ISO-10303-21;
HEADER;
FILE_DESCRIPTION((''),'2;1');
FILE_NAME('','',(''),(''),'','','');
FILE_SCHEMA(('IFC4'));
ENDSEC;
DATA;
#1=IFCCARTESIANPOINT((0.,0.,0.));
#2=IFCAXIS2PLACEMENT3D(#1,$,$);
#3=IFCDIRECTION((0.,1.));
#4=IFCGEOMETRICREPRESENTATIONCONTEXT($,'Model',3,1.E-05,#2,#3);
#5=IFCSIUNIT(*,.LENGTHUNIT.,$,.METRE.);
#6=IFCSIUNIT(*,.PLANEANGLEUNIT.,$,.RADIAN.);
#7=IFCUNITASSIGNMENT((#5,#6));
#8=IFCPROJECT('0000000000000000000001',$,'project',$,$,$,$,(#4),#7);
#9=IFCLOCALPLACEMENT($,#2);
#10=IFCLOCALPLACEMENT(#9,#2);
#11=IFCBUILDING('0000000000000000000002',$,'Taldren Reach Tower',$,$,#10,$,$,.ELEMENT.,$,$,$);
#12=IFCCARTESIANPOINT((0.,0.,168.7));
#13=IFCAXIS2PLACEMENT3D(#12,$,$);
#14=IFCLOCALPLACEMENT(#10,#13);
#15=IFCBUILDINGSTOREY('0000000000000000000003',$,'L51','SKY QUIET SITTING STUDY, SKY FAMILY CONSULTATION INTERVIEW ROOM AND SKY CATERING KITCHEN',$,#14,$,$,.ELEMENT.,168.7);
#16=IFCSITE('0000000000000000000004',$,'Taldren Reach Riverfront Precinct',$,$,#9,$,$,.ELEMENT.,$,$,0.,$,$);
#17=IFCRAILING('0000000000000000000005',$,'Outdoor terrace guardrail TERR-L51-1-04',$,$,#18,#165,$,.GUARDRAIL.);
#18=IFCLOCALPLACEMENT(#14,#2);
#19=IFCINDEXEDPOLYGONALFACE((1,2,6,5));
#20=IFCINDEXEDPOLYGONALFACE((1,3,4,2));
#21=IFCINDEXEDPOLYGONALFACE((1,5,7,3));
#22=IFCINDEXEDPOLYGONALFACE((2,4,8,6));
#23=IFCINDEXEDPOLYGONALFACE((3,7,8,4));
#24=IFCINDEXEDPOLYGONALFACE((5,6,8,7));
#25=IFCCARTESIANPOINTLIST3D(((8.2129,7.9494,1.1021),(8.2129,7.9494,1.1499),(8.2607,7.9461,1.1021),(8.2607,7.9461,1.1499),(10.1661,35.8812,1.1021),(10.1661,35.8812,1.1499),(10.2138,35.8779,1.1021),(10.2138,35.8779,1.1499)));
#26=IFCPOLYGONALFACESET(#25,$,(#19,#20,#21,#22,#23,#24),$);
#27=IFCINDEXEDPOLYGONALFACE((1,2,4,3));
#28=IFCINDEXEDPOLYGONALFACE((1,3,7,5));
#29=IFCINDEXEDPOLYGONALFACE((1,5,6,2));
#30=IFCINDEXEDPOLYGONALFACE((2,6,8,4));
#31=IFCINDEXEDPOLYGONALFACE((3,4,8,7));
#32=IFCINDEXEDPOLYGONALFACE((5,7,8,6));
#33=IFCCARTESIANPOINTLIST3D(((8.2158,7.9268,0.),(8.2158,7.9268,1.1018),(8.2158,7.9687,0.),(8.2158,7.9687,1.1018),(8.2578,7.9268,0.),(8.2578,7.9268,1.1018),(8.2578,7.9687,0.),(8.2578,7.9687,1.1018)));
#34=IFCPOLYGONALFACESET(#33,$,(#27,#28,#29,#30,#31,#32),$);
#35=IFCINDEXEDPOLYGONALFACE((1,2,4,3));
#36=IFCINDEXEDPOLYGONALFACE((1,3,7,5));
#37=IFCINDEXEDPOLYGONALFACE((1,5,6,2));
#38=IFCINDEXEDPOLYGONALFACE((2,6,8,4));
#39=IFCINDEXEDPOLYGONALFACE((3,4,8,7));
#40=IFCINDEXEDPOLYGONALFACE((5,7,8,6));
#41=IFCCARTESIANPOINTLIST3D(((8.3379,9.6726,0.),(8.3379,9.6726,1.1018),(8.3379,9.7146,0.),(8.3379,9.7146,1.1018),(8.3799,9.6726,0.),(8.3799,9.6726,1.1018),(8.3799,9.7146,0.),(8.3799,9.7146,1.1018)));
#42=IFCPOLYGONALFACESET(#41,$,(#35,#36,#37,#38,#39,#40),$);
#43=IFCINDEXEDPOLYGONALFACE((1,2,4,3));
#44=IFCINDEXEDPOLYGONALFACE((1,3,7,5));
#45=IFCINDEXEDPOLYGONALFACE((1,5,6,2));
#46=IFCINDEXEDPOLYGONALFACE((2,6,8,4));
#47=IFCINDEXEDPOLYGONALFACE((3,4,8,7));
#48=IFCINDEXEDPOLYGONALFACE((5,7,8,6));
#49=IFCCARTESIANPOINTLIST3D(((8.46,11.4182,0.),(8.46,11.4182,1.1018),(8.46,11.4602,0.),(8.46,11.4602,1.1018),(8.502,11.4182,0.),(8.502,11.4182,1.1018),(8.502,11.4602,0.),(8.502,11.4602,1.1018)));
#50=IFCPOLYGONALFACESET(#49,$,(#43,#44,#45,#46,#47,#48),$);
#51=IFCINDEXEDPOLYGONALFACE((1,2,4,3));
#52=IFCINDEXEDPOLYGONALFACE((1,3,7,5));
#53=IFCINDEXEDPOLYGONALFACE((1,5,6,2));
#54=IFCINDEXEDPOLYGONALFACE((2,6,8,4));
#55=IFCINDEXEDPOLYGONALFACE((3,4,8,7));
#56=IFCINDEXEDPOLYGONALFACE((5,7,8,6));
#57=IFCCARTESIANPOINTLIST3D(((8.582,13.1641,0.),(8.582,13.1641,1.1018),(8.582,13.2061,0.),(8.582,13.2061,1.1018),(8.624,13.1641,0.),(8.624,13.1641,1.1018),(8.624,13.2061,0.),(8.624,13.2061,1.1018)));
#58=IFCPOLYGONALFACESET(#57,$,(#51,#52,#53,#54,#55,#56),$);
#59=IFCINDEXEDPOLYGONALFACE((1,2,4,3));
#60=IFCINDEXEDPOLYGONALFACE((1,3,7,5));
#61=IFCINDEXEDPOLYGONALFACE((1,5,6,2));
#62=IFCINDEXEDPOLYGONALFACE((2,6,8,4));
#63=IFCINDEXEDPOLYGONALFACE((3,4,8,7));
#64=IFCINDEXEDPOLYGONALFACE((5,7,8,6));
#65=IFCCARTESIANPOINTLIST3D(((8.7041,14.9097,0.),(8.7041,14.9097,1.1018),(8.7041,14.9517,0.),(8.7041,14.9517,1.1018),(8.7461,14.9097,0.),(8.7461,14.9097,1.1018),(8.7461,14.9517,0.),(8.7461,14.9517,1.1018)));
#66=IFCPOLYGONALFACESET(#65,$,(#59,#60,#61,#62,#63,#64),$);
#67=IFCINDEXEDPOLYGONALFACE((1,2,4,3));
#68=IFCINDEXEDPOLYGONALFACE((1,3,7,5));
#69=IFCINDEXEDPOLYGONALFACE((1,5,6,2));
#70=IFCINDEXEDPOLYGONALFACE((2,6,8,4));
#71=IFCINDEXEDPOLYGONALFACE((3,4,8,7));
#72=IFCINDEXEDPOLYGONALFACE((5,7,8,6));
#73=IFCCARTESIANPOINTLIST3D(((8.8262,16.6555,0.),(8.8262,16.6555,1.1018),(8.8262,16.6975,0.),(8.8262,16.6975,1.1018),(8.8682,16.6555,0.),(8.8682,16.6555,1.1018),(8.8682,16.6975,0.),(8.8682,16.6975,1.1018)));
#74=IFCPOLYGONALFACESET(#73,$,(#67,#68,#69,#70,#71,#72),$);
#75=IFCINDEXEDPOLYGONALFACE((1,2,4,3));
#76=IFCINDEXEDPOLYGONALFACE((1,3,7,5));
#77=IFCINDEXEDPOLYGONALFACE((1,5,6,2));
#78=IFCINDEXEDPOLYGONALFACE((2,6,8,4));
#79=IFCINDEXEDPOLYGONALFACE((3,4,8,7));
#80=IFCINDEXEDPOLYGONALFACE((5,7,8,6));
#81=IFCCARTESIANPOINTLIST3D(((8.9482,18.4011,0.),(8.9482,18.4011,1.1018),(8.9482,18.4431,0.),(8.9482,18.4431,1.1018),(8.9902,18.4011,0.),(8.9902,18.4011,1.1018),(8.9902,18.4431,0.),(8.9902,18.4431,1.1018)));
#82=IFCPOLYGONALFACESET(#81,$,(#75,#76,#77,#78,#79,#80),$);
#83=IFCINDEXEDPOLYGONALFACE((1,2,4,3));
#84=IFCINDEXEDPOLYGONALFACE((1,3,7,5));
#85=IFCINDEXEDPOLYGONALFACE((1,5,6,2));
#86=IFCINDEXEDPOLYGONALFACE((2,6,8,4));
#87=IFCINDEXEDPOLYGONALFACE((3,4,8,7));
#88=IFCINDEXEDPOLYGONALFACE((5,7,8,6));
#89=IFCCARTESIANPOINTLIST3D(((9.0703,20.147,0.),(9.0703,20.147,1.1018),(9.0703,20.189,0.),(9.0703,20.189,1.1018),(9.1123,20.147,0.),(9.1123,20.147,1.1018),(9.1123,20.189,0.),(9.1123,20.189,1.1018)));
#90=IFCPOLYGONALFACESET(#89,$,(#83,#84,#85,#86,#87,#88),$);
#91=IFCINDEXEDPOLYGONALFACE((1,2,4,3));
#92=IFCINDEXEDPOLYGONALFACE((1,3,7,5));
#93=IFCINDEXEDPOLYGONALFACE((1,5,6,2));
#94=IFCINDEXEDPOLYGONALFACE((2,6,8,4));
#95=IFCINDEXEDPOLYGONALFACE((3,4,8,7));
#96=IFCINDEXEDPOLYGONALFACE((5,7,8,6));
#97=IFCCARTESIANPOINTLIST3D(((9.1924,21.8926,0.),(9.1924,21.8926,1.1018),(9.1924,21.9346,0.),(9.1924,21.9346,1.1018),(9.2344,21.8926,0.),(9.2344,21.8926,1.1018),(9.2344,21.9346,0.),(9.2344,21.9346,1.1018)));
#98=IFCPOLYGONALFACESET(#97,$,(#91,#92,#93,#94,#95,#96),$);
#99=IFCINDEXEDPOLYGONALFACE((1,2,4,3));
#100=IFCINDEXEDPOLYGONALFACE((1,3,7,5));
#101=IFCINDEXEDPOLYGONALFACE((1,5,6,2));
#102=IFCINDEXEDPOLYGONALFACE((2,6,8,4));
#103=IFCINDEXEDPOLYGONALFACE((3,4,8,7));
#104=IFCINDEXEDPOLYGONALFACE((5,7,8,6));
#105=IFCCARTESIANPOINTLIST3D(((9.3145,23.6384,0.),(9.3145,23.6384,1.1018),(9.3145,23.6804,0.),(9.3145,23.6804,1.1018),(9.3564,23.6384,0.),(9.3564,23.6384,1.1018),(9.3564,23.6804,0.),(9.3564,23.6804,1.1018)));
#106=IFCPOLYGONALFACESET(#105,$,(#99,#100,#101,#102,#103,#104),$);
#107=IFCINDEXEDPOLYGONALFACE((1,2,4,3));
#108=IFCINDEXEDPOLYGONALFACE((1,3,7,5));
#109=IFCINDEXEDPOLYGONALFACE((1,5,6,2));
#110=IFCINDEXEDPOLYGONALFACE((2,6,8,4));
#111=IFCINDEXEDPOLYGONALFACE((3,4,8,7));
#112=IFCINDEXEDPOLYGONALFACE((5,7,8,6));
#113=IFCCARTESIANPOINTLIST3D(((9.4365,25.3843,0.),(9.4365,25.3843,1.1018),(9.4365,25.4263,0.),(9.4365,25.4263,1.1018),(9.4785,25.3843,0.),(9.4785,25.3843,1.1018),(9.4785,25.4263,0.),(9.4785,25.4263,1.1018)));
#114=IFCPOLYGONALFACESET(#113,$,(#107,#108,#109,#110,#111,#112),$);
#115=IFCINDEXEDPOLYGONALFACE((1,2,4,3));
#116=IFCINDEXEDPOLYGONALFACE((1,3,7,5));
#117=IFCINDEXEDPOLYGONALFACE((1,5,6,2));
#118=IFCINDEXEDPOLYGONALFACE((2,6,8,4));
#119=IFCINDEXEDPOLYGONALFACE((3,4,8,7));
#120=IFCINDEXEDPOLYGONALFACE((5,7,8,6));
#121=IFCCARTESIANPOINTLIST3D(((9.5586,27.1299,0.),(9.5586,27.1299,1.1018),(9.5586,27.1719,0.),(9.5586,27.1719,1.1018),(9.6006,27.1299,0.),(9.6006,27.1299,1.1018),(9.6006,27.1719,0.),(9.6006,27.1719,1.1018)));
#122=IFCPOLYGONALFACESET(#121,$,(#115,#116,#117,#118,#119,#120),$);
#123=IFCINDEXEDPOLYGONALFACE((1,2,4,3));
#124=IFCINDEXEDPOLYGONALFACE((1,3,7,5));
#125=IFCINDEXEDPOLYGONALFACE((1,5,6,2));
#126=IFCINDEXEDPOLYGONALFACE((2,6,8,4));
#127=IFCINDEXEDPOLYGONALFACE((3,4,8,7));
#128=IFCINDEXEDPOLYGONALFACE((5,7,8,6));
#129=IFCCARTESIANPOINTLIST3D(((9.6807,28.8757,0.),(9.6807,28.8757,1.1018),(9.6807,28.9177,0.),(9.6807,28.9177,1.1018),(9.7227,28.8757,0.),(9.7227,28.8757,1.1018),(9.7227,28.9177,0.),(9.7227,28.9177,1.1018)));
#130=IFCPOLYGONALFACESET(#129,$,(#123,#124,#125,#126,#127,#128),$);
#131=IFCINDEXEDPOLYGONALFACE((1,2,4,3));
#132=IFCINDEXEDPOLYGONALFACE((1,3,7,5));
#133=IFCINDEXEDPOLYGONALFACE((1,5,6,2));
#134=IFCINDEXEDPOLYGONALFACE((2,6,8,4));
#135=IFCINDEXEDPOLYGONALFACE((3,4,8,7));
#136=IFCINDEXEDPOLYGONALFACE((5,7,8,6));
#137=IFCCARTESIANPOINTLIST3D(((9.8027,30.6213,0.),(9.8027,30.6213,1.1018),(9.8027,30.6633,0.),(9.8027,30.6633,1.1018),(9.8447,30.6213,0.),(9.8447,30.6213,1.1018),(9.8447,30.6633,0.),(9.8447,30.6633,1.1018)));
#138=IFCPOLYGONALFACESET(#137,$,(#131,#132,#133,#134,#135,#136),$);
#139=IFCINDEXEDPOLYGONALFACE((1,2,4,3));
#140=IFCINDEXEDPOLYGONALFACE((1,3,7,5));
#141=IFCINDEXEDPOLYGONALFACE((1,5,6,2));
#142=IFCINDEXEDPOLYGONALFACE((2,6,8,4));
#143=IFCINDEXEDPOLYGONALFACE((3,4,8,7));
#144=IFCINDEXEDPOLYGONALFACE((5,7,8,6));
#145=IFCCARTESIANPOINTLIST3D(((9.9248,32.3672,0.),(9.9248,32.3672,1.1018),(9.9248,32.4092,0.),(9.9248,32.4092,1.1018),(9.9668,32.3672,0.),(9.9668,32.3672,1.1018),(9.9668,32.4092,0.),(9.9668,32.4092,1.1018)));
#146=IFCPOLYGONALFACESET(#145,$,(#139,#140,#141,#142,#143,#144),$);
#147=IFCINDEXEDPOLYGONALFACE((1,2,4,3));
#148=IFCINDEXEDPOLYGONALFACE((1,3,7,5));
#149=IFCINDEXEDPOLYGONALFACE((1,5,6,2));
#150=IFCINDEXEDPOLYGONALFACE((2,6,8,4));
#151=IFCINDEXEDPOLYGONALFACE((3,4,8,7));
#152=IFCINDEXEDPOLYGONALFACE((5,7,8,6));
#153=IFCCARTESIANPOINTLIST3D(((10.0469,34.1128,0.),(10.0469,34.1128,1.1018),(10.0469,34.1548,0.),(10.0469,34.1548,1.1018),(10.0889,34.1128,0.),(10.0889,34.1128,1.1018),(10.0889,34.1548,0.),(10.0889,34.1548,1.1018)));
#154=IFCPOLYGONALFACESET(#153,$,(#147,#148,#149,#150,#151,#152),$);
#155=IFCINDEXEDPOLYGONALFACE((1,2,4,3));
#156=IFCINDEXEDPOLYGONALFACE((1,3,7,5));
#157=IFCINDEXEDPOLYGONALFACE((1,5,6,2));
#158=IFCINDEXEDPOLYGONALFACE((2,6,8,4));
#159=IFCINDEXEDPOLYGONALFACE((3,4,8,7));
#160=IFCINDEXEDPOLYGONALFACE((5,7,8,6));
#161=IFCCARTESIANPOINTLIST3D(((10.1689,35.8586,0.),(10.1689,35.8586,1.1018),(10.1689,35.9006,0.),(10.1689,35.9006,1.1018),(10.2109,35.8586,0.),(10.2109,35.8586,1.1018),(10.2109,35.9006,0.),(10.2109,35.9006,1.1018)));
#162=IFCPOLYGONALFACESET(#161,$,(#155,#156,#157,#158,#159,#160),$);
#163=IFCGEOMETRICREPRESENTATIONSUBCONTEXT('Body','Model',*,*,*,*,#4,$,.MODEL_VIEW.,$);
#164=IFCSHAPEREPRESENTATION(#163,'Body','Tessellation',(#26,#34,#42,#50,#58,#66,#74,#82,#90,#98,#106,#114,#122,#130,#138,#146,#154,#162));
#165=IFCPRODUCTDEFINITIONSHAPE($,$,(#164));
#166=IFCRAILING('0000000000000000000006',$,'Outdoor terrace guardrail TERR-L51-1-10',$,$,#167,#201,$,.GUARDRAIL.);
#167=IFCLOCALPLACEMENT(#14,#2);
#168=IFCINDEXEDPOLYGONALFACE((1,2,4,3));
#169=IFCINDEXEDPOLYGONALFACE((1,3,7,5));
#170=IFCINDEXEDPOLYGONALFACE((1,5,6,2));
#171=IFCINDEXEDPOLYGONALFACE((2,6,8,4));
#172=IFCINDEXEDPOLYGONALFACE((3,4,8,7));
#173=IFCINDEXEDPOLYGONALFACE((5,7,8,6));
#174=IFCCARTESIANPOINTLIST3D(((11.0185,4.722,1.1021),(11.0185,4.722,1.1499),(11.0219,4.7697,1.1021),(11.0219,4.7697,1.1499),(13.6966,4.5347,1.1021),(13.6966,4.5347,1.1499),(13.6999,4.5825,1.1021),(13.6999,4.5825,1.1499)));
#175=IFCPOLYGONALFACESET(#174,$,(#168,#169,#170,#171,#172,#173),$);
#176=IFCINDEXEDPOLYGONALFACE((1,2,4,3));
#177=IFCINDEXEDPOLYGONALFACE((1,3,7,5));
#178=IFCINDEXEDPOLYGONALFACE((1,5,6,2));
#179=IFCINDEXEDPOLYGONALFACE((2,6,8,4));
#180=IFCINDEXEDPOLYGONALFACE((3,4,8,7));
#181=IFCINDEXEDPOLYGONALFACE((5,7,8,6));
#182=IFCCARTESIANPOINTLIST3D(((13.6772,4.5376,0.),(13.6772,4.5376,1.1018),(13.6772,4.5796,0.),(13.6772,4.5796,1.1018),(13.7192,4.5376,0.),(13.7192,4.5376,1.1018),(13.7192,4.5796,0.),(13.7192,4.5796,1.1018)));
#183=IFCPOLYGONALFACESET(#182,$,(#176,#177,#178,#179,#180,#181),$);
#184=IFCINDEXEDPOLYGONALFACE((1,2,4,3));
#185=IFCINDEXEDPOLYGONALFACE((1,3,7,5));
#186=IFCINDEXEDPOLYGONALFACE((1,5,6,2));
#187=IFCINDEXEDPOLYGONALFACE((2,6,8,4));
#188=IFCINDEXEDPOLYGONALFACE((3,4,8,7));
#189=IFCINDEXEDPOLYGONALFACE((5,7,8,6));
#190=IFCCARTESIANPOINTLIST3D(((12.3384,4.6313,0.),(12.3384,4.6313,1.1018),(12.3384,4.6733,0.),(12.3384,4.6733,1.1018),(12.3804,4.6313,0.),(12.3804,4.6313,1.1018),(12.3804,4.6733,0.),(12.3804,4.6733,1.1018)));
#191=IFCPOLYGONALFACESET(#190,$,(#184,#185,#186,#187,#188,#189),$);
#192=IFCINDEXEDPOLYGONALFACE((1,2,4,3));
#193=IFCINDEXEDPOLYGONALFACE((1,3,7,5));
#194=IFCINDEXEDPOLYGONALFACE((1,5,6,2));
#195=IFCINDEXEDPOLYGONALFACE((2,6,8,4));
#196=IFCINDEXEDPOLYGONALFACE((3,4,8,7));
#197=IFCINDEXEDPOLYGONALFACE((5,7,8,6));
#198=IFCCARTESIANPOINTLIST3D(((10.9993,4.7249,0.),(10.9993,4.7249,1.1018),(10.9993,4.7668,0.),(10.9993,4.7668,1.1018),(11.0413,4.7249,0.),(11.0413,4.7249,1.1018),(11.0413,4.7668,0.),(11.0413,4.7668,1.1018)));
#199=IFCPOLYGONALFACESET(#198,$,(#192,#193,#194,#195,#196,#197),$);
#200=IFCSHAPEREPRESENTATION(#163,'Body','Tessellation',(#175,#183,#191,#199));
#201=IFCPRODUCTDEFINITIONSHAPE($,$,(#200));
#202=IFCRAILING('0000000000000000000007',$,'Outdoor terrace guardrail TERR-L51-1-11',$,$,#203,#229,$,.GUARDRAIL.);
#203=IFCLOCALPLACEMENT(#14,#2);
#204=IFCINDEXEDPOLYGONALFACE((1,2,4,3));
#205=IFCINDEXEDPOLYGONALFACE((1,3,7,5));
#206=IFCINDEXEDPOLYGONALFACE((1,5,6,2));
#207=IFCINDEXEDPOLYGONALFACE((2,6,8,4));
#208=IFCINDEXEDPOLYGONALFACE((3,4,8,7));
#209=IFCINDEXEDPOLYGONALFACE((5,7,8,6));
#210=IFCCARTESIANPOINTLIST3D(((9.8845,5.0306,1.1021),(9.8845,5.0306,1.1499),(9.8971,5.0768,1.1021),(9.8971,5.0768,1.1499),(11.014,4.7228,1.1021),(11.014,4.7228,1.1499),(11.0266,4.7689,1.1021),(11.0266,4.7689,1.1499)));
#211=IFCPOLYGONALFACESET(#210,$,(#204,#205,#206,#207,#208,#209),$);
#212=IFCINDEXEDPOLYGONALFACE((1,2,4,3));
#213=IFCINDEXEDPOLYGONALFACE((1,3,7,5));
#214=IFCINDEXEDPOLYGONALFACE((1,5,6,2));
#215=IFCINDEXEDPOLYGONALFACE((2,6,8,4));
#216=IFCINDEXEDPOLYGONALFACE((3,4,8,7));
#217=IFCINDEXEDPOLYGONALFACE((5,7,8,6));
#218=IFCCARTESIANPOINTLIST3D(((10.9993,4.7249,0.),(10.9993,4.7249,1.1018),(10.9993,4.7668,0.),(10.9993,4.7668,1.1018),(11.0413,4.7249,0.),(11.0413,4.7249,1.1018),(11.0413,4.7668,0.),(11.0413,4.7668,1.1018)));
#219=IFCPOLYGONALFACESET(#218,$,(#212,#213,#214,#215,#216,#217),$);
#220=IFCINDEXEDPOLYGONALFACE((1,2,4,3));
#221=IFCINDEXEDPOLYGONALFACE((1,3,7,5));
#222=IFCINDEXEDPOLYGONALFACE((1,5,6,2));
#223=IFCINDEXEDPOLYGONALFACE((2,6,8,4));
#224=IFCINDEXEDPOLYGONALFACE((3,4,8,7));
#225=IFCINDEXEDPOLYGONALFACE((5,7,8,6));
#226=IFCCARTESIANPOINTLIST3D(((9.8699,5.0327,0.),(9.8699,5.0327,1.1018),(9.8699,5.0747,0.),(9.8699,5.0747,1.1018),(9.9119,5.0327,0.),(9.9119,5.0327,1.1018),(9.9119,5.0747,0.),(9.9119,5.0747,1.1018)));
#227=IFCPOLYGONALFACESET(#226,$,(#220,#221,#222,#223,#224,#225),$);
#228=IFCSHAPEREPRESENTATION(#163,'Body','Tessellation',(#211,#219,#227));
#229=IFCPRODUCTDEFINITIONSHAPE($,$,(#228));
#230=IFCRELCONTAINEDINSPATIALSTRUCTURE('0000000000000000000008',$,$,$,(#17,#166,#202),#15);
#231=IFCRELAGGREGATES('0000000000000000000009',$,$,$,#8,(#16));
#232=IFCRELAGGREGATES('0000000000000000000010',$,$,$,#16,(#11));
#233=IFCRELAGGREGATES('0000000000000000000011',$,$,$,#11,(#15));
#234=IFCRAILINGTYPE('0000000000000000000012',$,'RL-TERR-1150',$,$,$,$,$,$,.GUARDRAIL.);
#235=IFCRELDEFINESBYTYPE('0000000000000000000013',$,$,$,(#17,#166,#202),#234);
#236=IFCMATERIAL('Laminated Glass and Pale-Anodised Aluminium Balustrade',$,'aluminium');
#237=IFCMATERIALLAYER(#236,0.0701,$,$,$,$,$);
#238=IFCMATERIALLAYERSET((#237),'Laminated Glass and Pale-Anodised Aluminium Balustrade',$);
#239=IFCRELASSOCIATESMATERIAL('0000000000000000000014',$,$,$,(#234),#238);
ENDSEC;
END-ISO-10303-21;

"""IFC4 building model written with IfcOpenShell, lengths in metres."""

from ifc_helpers import new_model, si_unit, direction, frame, origin, origin_2d, place, context, subcontext, project, spatial, rectangle, extrude, material, layer, layer_set, type_object, element, save


model = new_model("IFC4")

# Units and contexts
model_context = context("Model", 3, precision=1e-05, world=origin(), true_north=direction((0.0, 1.0)))
body_context = subcontext(model_context, "Body", "Model", "MODEL_VIEW")
ifc_project = project(units=[si_unit("LENGTHUNIT", "METRE"), si_unit("PLANEANGLEUNIT", "RADIAN")], contexts=[model_context])

# Site, building, storey
site_placement = place(None, origin())
site = spatial("IfcSite", under=ifc_project, at=site_placement, Name="Taldren Reach Riverfront Precinct", CompositionType="ELEMENT", RefElevation=0.0)
building_placement = place(site_placement, origin())
building = spatial("IfcBuilding", under=site, at=building_placement, Name="Taldren Reach Tower", CompositionType="ELEMENT")
storey_placement = place(building_placement, frame((0.0, 0.0, 168.7)))
storey = spatial("IfcBuildingStorey", under=building, at=storey_placement, Name="L51", Description="SKY QUIET SITTING STUDY, SKY FAMILY CONSULTATION INTERVIEW ROOM AND SKY CATERING KITCHEN", CompositionType="ELEMENT", Elevation=168.7)

# Railings
ifc_material_1 = material(Name="Laminated Glass and Pale-Anodised Aluminium Balustrade", Category="aluminium")
ifc_layer_1 = layer(ifc_material_1, 0.0701)
ifc_layer_set_1 = layer_set([ifc_layer_1], Name="Laminated Glass and Pale-Anodised Aluminium Balustrade")
railing_type = type_object("IfcRailingType", Name="RL-TERR-1150", PredefinedType="GUARDRAIL", material=ifc_layer_set_1)
railing_1_placement = place(storey_placement, frame((8.2368, 7.9478, 0.0)))
element("IfcRailing", 1, at=railing_1_placement, inside=storey, type_object=railing_type, Name="Outdoor terrace guardrail TERR-L51-1-04", PredefinedType="GUARDRAIL", context=body_context, shape_type="SweptSolid", body=[
    extrude(rectangle(XDim=0.0479, YDim=0.0479, at=origin_2d()), frame((0.0, 0.0, 1.126), z_axis=(0.069754, 0.997564, 0.0), x_axis=(-0.997564, 0.069754, 0.0)), (0.0, 0.0, 1.0), 28.0),
    extrude(rectangle(XDim=0.042, YDim=0.042, at=origin_2d()), origin(), (0.0, 0.0, 1.0), 1.1018),
    extrude(rectangle(XDim=0.042, YDim=0.042, at=origin_2d()), frame((0.1221, 1.7458, 0.0)), (0.0, 0.0, 1.0), 1.1018),
    extrude(rectangle(XDim=0.042, YDim=0.042, at=origin_2d()), frame((0.2441, 3.4915, 0.0)), (0.0, 0.0, 1.0), 1.1018),
    extrude(rectangle(XDim=0.042, YDim=0.042, at=origin_2d()), frame((0.3662, 5.2373, 0.0)), (0.0, 0.0, 1.0), 1.1018),
    extrude(rectangle(XDim=0.042, YDim=0.042, at=origin_2d()), frame((0.4883, 6.9829, 0.0)), (0.0, 0.0, 1.0), 1.1018),
    extrude(rectangle(XDim=0.042, YDim=0.042, at=origin_2d()), frame((0.6104, 8.7288, 0.0)), (0.0, 0.0, 1.0), 1.1018),
    extrude(rectangle(XDim=0.042, YDim=0.042, at=origin_2d()), frame((0.7324, 10.4744, 0.0)), (0.0, 0.0, 1.0), 1.1018),
    extrude(rectangle(XDim=0.042, YDim=0.042, at=origin_2d()), frame((0.8545, 12.2202, 0.0)), (0.0, 0.0, 1.0), 1.1018),
    extrude(rectangle(XDim=0.042, YDim=0.042, at=origin_2d()), frame((0.9766, 13.9658, 0.0)), (0.0, 0.0, 1.0), 1.1018),
    extrude(rectangle(XDim=0.042, YDim=0.042, at=origin_2d()), frame((1.0986, 15.7117, 0.0)), (0.0, 0.0, 1.0), 1.1018),
    extrude(rectangle(XDim=0.042, YDim=0.042, at=origin_2d()), frame((1.2207, 17.4575, 0.0)), (0.0, 0.0, 1.0), 1.1018),
    extrude(rectangle(XDim=0.042, YDim=0.042, at=origin_2d()), frame((1.3428, 19.2031, 0.0)), (0.0, 0.0, 1.0), 1.1018),
    extrude(rectangle(XDim=0.042, YDim=0.042, at=origin_2d()), frame((1.4648, 20.949, 0.0)), (0.0, 0.0, 1.0), 1.1018),
    extrude(rectangle(XDim=0.042, YDim=0.042, at=origin_2d()), frame((1.5869, 22.6946, 0.0)), (0.0, 0.0, 1.0), 1.1018),
    extrude(rectangle(XDim=0.042, YDim=0.042, at=origin_2d()), frame((1.709, 24.4404, 0.0)), (0.0, 0.0, 1.0), 1.1018),
    extrude(rectangle(XDim=0.042, YDim=0.042, at=origin_2d()), frame((1.8311, 26.186, 0.0)), (0.0, 0.0, 1.0), 1.1018),
    extrude(rectangle(XDim=0.042, YDim=0.042, at=origin_2d()), frame((1.9531, 27.9319, 0.0)), (0.0, 0.0, 1.0), 1.1018),
])
railing_2_placement = place(storey_placement, frame((13.6982, 4.5586, 0.0)))
element("IfcRailing", 2, at=railing_2_placement, inside=storey, type_object=railing_type, Name="Outdoor terrace guardrail TERR-L51-1-10", PredefinedType="GUARDRAIL", context=body_context, shape_type="SweptSolid", body=[
    extrude(rectangle(XDim=0.0479, YDim=0.0479, at=origin_2d()), frame((0.0, 0.0, 1.126), z_axis=(-0.997564, 0.069754, 0.0), x_axis=(-0.069754, -0.997564, 0.0)), (0.0, 0.0, 1.0), 2.6846),
    extrude(rectangle(XDim=0.042, YDim=0.042, at=origin_2d()), origin(), (0.0, 0.0, 1.0), 1.1018),
    extrude(rectangle(XDim=0.042, YDim=0.042, at=origin_2d()), frame((-1.3389, 0.0938, 0.0)), (0.0, 0.0, 1.0), 1.1018),
    extrude(rectangle(XDim=0.042, YDim=0.042, at=origin_2d()), frame((-2.678, 0.1873, 0.0)), (0.0, 0.0, 1.0), 1.1018),
])
railing_3_placement = place(storey_placement, frame((11.0203, 4.7458, 0.0)))
element("IfcRailing", 3, at=railing_3_placement, inside=storey, type_object=railing_type, Name="Outdoor terrace guardrail TERR-L51-1-11", PredefinedType="GUARDRAIL", context=body_context, shape_type="SweptSolid", body=[
    extrude(rectangle(XDim=0.0479, YDim=0.0479, at=origin_2d()), frame((0.0, 0.0, 1.126), z_axis=(-0.964798, 0.262994, 0.0), x_axis=(-0.262994, -0.964798, 0.0)), (0.0, 0.0, 1.0), 1.1707),
    extrude(rectangle(XDim=0.042, YDim=0.042, at=origin_2d()), origin(), (0.0, 0.0, 1.0), 1.1018),
    extrude(rectangle(XDim=0.042, YDim=0.042, at=origin_2d()), frame((-1.1294, 0.3079, 0.0)), (0.0, 0.0, 1.0), 1.1018),
])

save(model, "model.ifc")
